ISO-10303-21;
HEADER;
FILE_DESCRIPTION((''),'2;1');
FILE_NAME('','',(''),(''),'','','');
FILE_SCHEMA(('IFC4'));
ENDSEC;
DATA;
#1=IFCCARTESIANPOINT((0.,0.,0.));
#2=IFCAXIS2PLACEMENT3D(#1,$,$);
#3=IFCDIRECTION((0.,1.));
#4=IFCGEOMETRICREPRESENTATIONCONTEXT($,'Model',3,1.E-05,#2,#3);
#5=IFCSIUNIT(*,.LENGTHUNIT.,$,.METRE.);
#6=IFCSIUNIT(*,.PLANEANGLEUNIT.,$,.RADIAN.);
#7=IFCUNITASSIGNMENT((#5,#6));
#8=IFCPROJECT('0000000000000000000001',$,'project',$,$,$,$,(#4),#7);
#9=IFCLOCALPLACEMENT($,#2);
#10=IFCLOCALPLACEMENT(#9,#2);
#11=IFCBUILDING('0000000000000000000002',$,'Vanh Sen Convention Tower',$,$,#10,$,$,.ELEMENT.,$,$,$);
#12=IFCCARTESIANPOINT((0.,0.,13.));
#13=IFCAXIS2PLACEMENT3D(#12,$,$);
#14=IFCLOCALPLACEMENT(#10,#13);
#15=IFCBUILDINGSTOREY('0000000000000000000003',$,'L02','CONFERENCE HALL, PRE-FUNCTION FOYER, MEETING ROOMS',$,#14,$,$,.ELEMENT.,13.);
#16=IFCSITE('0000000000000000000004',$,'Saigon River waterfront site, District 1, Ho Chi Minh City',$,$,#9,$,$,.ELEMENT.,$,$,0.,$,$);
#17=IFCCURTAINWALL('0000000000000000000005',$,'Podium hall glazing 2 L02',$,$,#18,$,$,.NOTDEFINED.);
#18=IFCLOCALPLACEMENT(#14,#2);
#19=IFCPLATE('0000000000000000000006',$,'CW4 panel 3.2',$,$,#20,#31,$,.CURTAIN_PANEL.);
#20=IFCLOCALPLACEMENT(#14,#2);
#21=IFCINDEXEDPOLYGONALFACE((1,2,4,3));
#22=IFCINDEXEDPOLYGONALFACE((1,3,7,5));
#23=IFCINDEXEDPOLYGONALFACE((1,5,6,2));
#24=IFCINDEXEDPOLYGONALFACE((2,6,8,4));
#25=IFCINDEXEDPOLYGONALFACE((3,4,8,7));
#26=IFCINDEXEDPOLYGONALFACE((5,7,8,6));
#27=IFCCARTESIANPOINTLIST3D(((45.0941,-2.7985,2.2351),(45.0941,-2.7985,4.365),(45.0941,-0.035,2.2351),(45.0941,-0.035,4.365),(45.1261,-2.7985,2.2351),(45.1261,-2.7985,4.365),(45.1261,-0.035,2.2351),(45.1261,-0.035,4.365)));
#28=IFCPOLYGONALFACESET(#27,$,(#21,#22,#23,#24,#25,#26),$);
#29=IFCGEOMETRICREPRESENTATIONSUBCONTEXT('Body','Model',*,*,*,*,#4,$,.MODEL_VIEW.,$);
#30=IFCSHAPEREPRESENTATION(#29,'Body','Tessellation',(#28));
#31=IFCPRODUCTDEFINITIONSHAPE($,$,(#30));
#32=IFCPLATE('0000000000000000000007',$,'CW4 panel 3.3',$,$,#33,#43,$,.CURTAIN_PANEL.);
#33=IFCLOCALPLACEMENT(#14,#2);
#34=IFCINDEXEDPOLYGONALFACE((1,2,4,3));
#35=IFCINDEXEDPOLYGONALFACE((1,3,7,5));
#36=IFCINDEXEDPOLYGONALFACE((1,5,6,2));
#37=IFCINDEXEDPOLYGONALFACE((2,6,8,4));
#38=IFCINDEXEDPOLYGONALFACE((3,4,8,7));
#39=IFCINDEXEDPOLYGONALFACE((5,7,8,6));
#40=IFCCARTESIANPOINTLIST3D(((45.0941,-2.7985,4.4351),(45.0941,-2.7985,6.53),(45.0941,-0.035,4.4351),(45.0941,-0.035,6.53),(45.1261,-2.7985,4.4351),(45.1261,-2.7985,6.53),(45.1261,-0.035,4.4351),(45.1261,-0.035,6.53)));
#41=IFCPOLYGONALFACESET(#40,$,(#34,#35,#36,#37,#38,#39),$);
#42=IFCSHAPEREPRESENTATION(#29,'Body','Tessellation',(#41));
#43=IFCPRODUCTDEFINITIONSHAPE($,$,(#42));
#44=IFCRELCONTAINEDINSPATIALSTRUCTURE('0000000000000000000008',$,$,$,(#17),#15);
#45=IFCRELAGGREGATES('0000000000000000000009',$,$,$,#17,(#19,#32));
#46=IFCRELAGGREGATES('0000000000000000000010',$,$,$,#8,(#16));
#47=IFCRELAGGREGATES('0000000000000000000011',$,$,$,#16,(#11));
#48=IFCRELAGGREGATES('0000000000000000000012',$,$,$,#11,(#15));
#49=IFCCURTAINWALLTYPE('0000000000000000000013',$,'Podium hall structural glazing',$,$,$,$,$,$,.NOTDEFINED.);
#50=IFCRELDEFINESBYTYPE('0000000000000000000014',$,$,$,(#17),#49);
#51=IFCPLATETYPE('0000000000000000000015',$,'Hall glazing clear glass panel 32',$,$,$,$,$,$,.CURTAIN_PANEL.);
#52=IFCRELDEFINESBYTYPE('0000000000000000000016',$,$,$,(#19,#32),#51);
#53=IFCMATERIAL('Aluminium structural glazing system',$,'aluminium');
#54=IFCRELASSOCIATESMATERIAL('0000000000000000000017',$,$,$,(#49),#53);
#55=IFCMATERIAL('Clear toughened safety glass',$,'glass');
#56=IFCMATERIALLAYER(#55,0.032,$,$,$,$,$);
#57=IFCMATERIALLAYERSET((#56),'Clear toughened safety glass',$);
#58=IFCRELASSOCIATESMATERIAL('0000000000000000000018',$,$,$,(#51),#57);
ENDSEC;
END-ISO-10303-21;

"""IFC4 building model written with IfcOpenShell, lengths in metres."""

from ifc_helpers import new_model, si_unit, direction, frame, origin, origin_2d, place, context, subcontext, project, spatial, rectangle, extrude, material, layer, layer_set, type_object, element, aggregate, save


model = new_model("IFC4")

# Units and contexts
model_context = context("Model", 3, precision=1e-05, world=origin(), true_north=direction((0.0, 1.0)))
body_context = subcontext(model_context, "Body", "Model", "MODEL_VIEW")
ifc_project = project(units=[si_unit("LENGTHUNIT", "METRE"), si_unit("PLANEANGLEUNIT", "RADIAN")], contexts=[model_context])

# Site, building, storey
site_placement = place(None, origin())
site = spatial("IfcSite", under=ifc_project, at=site_placement, Name="Saigon River waterfront site, District 1, Ho Chi Minh City", CompositionType="ELEMENT", RefElevation=0.0)
building_placement = place(site_placement, origin())
building = spatial("IfcBuilding", under=site, at=building_placement, Name="Vanh Sen Convention Tower", CompositionType="ELEMENT")
storey_placement = place(building_placement, frame((0.0, 0.0, 13.0)))
storey = spatial("IfcBuildingStorey", under=building, at=storey_placement, Name="L02", Description="CONFERENCE HALL, PRE-FUNCTION FOYER, MEETING ROOMS", CompositionType="ELEMENT", Elevation=13.0)

# Shared definitions
ifc_material_1 = material(Name="Aluminium structural glazing system", Category="aluminium")
curtain_wall_type = type_object("IfcCurtainWallType", Name="Podium hall structural glazing", PredefinedType="NOTDEFINED", material=ifc_material_1)

# Curtain wall
curtain_wall_1_placement = place(storey_placement, origin())
curtain_wall_1 = element("IfcCurtainWall", 1, at=curtain_wall_1_placement, inside=storey, type_object=curtain_wall_type, Name="Podium hall glazing 2 L02", PredefinedType="NOTDEFINED")

# Plates
ifc_material_2 = material(Name="Clear toughened safety glass", Category="glass")
ifc_layer = layer(ifc_material_2, 0.032)
ifc_layer_set = layer_set([ifc_layer], Name="Clear toughened safety glass")
plate_type = type_object("IfcPlateType", Name="Hall glazing clear glass panel 32", PredefinedType="CURTAIN_PANEL", material=ifc_layer_set)
plate_1_placement = place(storey_placement, frame((45.1101, -1.4167, 2.2351), z_axis=(0.0, 0.0, 1.0), x_axis=(0.0, 1.0, 0.0)))
plate_1 = element("IfcPlate", 2, at=plate_1_placement, type_object=plate_type, Name="CW4 panel 3.2", PredefinedType="CURTAIN_PANEL", context=body_context, shape_type="SweptSolid", body=[
    extrude(rectangle(XDim=2.7634, YDim=0.032, at=origin_2d()), origin(), (0.0, 0.0, 1.0), 2.1299),
])
plate_2_placement = place(storey_placement, frame((45.1101, -1.4167, 4.4351), z_axis=(0.0, 0.0, 1.0), x_axis=(0.0, 1.0, 0.0)))
plate_2 = element("IfcPlate", 3, at=plate_2_placement, type_object=plate_type, Name="CW4 panel 3.3", PredefinedType="CURTAIN_PANEL", context=body_context, shape_type="SweptSolid", body=[
    extrude(rectangle(XDim=2.7634, YDim=0.032, at=origin_2d()), origin(), (0.0, 0.0, 1.0), 2.095),
])
aggregate(curtain_wall_1, [plate_1, plate_2])

save(model, "model.ifc")
